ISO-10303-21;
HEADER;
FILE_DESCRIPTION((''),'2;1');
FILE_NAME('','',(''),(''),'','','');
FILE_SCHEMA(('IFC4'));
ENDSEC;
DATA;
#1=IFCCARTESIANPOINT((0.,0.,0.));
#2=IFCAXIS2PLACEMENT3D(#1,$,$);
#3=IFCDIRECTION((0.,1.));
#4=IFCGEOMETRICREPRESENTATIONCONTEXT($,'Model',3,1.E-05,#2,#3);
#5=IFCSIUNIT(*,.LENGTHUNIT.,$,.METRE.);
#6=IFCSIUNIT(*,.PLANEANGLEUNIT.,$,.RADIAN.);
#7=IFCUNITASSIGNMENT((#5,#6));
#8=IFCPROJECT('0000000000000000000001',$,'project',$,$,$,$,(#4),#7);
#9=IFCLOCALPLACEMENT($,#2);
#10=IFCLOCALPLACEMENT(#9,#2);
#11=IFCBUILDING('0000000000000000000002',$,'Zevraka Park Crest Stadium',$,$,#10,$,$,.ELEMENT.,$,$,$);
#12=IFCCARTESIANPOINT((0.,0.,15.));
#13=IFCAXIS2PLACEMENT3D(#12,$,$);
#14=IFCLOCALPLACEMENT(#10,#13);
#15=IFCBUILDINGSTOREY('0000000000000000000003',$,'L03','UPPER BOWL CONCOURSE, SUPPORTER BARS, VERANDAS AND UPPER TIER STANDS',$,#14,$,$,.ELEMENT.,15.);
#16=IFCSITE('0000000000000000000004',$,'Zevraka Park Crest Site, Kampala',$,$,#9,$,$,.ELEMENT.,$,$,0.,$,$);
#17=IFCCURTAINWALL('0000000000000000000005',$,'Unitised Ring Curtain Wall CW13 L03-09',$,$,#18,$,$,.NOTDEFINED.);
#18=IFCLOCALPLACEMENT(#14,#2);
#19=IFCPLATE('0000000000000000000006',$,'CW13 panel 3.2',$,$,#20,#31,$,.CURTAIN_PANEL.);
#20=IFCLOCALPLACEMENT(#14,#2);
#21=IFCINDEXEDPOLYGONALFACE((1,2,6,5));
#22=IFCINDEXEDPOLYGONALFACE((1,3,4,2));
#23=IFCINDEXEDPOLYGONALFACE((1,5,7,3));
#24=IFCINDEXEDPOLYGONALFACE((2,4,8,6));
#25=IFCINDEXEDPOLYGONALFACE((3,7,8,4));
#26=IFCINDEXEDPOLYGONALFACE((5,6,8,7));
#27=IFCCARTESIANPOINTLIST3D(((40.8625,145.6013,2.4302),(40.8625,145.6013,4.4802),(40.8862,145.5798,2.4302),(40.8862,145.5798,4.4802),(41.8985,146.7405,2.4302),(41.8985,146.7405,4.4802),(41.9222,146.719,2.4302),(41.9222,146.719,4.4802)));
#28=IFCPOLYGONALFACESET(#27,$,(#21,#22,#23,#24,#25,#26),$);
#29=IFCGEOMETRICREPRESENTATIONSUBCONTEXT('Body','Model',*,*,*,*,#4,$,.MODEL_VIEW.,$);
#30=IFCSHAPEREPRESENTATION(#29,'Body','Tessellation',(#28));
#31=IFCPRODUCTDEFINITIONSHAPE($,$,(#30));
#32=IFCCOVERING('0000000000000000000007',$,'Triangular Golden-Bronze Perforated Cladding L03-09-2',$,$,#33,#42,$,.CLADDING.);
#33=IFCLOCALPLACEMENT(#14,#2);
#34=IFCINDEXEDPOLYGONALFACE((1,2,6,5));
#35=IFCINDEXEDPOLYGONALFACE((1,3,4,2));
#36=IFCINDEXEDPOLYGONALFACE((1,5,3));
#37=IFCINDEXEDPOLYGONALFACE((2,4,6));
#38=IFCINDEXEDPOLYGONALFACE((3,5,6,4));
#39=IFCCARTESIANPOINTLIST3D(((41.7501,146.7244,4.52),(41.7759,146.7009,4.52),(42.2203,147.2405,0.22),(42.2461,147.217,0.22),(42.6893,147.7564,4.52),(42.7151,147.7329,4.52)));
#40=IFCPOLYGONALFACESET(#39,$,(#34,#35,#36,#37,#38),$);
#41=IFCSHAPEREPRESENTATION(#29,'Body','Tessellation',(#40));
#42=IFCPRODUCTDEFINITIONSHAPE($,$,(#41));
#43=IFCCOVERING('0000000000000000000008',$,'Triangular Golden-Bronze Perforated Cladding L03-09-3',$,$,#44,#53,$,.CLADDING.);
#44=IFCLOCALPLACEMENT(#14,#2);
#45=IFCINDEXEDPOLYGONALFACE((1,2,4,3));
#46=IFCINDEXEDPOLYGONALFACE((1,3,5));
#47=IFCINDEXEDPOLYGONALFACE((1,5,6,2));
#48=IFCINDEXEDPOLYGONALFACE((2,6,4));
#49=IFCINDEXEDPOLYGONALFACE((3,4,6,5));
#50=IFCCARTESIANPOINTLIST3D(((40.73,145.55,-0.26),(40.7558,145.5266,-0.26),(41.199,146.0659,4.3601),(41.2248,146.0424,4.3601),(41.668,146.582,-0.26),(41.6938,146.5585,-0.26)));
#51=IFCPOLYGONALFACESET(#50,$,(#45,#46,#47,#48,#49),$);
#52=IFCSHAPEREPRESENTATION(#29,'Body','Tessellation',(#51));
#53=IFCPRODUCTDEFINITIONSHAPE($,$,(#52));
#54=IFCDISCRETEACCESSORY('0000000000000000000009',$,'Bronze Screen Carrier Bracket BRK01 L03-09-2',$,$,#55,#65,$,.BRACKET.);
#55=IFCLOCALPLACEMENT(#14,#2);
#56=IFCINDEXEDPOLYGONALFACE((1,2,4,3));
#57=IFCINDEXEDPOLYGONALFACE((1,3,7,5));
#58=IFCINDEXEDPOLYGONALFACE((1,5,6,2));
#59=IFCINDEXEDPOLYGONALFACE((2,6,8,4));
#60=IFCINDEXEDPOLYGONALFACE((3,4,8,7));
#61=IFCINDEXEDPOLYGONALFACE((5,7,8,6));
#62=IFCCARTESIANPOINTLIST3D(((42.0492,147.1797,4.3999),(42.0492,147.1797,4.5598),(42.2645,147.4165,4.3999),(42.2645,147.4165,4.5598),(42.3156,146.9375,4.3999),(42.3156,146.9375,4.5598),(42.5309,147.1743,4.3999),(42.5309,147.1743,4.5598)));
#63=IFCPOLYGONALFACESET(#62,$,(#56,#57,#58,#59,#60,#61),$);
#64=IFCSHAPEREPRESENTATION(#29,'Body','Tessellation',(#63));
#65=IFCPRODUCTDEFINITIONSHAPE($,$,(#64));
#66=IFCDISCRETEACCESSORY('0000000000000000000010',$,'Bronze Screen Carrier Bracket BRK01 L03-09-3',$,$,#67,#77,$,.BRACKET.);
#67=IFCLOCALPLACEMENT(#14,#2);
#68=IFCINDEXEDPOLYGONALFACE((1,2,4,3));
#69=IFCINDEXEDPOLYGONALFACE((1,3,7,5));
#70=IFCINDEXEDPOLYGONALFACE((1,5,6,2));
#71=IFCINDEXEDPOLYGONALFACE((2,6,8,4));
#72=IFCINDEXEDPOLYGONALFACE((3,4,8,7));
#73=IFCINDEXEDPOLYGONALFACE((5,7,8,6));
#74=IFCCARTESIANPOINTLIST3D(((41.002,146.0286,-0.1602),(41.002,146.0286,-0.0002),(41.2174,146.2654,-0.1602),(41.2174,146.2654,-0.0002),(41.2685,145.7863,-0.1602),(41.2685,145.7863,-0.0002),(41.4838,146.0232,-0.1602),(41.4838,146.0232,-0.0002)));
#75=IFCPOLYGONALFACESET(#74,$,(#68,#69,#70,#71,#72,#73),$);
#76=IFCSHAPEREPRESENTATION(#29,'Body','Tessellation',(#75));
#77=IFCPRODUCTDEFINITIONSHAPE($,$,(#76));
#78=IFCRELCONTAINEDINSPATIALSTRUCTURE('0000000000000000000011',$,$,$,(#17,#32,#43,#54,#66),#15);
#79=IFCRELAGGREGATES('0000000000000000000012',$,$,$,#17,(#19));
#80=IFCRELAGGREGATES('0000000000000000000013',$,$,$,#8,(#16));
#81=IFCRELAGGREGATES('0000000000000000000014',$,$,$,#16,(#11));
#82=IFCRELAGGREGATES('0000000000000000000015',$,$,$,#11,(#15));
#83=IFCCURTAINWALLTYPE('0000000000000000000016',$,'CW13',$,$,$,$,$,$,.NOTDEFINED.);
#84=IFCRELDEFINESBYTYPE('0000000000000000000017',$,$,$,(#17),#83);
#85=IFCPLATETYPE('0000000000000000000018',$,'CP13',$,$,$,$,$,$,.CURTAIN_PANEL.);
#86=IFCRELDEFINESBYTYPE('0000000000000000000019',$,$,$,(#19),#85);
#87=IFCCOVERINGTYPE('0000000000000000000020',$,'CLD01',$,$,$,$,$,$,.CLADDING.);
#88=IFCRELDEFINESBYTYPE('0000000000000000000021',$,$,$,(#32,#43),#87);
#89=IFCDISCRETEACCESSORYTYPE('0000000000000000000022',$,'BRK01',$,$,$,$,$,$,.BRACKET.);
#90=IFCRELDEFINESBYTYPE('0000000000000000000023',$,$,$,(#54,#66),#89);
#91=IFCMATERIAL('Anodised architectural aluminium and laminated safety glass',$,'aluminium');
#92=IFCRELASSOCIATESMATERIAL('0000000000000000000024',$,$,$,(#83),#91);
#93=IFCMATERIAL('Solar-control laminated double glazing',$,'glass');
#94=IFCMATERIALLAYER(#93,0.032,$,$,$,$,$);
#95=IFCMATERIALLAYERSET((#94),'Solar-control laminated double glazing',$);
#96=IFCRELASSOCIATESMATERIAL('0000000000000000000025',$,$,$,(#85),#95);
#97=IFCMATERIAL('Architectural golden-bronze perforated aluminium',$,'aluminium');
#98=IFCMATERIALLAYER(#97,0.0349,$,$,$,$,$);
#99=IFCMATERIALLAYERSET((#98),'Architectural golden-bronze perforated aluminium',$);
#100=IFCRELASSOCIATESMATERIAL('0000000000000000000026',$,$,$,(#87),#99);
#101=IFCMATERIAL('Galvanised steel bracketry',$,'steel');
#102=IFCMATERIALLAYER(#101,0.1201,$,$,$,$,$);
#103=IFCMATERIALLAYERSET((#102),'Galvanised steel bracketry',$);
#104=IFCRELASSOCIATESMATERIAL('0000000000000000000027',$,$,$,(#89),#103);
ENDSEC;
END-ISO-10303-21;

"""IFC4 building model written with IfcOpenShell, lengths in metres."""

from ifc_helpers import new_model, si_unit, direction, frame, origin, origin_2d, place, context, subcontext, project, spatial, polyline, rectangle, outline, extrude, material, layer, layer_set, type_object, element, aggregate, save


model = new_model("IFC4")

# Units and contexts
model_context = context("Model", 3, precision=1e-05, world=origin(), true_north=direction((0.0, 1.0)))
body_context = subcontext(model_context, "Body", "Model", "MODEL_VIEW")
ifc_project = project(units=[si_unit("LENGTHUNIT", "METRE"), si_unit("PLANEANGLEUNIT", "RADIAN")], contexts=[model_context])

# Site, building, storey
site_placement = place(None, origin())
site = spatial("IfcSite", under=ifc_project, at=site_placement, Name="Zevraka Park Crest Site, Kampala", CompositionType="ELEMENT", RefElevation=0.0)
building_placement = place(site_placement, origin())
building = spatial("IfcBuilding", under=site, at=building_placement, Name="Zevraka Park Crest Stadium", CompositionType="ELEMENT")
storey_placement = place(building_placement, frame((0.0, 0.0, 15.0)))
storey = spatial("IfcBuildingStorey", under=building, at=storey_placement, Name="L03", Description="UPPER BOWL CONCOURSE, SUPPORTER BARS, VERANDAS AND UPPER TIER STANDS", CompositionType="ELEMENT", Elevation=15.0)

# Curtain wall, plate
ifc_material_1 = material(Name="Anodised architectural aluminium and laminated safety glass", Category="aluminium")
curtain_wall_type = type_object("IfcCurtainWallType", Name="CW13", PredefinedType="NOTDEFINED", material=ifc_material_1)
curtain_wall_placement = place(storey_placement, origin())
curtain_wall = element("IfcCurtainWall", 1, at=curtain_wall_placement, inside=storey, type_object=curtain_wall_type, Name="Unitised Ring Curtain Wall CW13 L03-09", PredefinedType="NOTDEFINED")
ifc_material_2 = material(Name="Solar-control laminated double glazing", Category="glass")
ifc_layer_1 = layer(ifc_material_2, 0.032)
ifc_layer_set_1 = layer_set([ifc_layer_1], Name="Solar-control laminated double glazing")
plate_type = type_object("IfcPlateType", Name="CP13", PredefinedType="CURTAIN_PANEL", material=ifc_layer_set_1)
plate_1_placement = place(storey_placement, frame((41.3923, 146.1602, 2.4302), z_axis=(0.0, 0.0, 1.0), x_axis=(-0.672802, -0.739823, 0.0)))
plate_1 = element("IfcPlate", 2, at=plate_1_placement, type_object=plate_type, Name="CW13 panel 3.2", PredefinedType="CURTAIN_PANEL", context=body_context, shape_type="SweptSolid", body=[
    extrude(rectangle(XDim=1.5398, YDim=0.032, at=origin_2d()), origin(), (0.0, 0.0, 1.0), 2.05),
])
aggregate(curtain_wall, [plate_1])

# Coverings
ifc_material_3 = material(Name="Architectural golden-bronze perforated aluminium", Category="aluminium")
ifc_layer_2 = layer(ifc_material_3, 0.0349)
ifc_layer_set_2 = layer_set([ifc_layer_2], Name="Architectural golden-bronze perforated aluminium")
covering_type = type_object("IfcCoveringType", Name="CLD01", PredefinedType="CLADDING", material=ifc_layer_set_2)
covering_1_placement = place(storey_placement, frame((41.7759, 146.7009, 4.52), z_axis=(0.739568, -0.673082, 0.000086), x_axis=(0.673082, 0.739568, 0.0)))
element("IfcCovering", 3, at=covering_1_placement, inside=storey, type_object=covering_type, Name="Triangular Golden-Bronze Perforated Cladding L03-09-2", PredefinedType="CLADDING", context=body_context, shape_type="SweptSolid", body=[
    extrude(outline(polyline([(0.0, 0.0), (1.3954, 0.0), (0.6982, -4.3), (0.0, 0.0)])), origin(), (0.0, 0.0, -1.0), 0.0349),
])
covering_2_placement = place(storey_placement, frame((41.668, 146.582, -0.26), z_axis=(-0.740003, 0.672603, 0.000018), x_axis=(-0.672603, -0.740003, 0.0)))
element("IfcCovering", 4, at=covering_2_placement, inside=storey, type_object=covering_type, Name="Triangular Golden-Bronze Perforated Cladding L03-09-3", PredefinedType="CLADDING", context=body_context, shape_type="SweptSolid", body=[
    extrude(outline(polyline([(0.0, 0.0), (1.3946, 0.0), (0.6974, 4.6201), (0.0, 0.0)])), origin(), (0.0, 0.0, -1.0), 0.0349),
])

# Discrete accessories
ifc_material_4 = material(Name="Galvanised steel bracketry", Category="steel")
ifc_layer_3 = layer(ifc_material_4, 0.1201)
ifc_layer_set_3 = layer_set([ifc_layer_3], Name="Galvanised steel bracketry")
discrete_accessory_type = type_object("IfcDiscreteAccessoryType", Name="BRK01", PredefinedType="BRACKET", material=ifc_layer_set_3)
for number, where, z_axis, x_axis, name in (
    (5, (42.29, 147.177, 4.3999), (0.0, 0.0, 1.0), (-0.672754, -0.739866, 0.0), "Bronze Screen Carrier Bracket BRK01 L03-09-2"),
    (6, (41.2429, 146.0259, -0.1602), (0.0, 0.0, 1.0), (-0.672754, -0.739866, 0.0), "Bronze Screen Carrier Bracket BRK01 L03-09-3"),
):
    element("IfcDiscreteAccessory", number, at=place(storey_placement, frame(where, z_axis=z_axis, x_axis=x_axis)), inside=storey, type_object=discrete_accessory_type, Name=name, PredefinedType="BRACKET", context=body_context, shape_type="SweptSolid", body=[
        extrude(rectangle(XDim=0.3201, YDim=0.3601, at=origin_2d()), origin(), (0.0, 0.0, 1.0), 0.1599),
    ])

save(model, "model.ifc")
